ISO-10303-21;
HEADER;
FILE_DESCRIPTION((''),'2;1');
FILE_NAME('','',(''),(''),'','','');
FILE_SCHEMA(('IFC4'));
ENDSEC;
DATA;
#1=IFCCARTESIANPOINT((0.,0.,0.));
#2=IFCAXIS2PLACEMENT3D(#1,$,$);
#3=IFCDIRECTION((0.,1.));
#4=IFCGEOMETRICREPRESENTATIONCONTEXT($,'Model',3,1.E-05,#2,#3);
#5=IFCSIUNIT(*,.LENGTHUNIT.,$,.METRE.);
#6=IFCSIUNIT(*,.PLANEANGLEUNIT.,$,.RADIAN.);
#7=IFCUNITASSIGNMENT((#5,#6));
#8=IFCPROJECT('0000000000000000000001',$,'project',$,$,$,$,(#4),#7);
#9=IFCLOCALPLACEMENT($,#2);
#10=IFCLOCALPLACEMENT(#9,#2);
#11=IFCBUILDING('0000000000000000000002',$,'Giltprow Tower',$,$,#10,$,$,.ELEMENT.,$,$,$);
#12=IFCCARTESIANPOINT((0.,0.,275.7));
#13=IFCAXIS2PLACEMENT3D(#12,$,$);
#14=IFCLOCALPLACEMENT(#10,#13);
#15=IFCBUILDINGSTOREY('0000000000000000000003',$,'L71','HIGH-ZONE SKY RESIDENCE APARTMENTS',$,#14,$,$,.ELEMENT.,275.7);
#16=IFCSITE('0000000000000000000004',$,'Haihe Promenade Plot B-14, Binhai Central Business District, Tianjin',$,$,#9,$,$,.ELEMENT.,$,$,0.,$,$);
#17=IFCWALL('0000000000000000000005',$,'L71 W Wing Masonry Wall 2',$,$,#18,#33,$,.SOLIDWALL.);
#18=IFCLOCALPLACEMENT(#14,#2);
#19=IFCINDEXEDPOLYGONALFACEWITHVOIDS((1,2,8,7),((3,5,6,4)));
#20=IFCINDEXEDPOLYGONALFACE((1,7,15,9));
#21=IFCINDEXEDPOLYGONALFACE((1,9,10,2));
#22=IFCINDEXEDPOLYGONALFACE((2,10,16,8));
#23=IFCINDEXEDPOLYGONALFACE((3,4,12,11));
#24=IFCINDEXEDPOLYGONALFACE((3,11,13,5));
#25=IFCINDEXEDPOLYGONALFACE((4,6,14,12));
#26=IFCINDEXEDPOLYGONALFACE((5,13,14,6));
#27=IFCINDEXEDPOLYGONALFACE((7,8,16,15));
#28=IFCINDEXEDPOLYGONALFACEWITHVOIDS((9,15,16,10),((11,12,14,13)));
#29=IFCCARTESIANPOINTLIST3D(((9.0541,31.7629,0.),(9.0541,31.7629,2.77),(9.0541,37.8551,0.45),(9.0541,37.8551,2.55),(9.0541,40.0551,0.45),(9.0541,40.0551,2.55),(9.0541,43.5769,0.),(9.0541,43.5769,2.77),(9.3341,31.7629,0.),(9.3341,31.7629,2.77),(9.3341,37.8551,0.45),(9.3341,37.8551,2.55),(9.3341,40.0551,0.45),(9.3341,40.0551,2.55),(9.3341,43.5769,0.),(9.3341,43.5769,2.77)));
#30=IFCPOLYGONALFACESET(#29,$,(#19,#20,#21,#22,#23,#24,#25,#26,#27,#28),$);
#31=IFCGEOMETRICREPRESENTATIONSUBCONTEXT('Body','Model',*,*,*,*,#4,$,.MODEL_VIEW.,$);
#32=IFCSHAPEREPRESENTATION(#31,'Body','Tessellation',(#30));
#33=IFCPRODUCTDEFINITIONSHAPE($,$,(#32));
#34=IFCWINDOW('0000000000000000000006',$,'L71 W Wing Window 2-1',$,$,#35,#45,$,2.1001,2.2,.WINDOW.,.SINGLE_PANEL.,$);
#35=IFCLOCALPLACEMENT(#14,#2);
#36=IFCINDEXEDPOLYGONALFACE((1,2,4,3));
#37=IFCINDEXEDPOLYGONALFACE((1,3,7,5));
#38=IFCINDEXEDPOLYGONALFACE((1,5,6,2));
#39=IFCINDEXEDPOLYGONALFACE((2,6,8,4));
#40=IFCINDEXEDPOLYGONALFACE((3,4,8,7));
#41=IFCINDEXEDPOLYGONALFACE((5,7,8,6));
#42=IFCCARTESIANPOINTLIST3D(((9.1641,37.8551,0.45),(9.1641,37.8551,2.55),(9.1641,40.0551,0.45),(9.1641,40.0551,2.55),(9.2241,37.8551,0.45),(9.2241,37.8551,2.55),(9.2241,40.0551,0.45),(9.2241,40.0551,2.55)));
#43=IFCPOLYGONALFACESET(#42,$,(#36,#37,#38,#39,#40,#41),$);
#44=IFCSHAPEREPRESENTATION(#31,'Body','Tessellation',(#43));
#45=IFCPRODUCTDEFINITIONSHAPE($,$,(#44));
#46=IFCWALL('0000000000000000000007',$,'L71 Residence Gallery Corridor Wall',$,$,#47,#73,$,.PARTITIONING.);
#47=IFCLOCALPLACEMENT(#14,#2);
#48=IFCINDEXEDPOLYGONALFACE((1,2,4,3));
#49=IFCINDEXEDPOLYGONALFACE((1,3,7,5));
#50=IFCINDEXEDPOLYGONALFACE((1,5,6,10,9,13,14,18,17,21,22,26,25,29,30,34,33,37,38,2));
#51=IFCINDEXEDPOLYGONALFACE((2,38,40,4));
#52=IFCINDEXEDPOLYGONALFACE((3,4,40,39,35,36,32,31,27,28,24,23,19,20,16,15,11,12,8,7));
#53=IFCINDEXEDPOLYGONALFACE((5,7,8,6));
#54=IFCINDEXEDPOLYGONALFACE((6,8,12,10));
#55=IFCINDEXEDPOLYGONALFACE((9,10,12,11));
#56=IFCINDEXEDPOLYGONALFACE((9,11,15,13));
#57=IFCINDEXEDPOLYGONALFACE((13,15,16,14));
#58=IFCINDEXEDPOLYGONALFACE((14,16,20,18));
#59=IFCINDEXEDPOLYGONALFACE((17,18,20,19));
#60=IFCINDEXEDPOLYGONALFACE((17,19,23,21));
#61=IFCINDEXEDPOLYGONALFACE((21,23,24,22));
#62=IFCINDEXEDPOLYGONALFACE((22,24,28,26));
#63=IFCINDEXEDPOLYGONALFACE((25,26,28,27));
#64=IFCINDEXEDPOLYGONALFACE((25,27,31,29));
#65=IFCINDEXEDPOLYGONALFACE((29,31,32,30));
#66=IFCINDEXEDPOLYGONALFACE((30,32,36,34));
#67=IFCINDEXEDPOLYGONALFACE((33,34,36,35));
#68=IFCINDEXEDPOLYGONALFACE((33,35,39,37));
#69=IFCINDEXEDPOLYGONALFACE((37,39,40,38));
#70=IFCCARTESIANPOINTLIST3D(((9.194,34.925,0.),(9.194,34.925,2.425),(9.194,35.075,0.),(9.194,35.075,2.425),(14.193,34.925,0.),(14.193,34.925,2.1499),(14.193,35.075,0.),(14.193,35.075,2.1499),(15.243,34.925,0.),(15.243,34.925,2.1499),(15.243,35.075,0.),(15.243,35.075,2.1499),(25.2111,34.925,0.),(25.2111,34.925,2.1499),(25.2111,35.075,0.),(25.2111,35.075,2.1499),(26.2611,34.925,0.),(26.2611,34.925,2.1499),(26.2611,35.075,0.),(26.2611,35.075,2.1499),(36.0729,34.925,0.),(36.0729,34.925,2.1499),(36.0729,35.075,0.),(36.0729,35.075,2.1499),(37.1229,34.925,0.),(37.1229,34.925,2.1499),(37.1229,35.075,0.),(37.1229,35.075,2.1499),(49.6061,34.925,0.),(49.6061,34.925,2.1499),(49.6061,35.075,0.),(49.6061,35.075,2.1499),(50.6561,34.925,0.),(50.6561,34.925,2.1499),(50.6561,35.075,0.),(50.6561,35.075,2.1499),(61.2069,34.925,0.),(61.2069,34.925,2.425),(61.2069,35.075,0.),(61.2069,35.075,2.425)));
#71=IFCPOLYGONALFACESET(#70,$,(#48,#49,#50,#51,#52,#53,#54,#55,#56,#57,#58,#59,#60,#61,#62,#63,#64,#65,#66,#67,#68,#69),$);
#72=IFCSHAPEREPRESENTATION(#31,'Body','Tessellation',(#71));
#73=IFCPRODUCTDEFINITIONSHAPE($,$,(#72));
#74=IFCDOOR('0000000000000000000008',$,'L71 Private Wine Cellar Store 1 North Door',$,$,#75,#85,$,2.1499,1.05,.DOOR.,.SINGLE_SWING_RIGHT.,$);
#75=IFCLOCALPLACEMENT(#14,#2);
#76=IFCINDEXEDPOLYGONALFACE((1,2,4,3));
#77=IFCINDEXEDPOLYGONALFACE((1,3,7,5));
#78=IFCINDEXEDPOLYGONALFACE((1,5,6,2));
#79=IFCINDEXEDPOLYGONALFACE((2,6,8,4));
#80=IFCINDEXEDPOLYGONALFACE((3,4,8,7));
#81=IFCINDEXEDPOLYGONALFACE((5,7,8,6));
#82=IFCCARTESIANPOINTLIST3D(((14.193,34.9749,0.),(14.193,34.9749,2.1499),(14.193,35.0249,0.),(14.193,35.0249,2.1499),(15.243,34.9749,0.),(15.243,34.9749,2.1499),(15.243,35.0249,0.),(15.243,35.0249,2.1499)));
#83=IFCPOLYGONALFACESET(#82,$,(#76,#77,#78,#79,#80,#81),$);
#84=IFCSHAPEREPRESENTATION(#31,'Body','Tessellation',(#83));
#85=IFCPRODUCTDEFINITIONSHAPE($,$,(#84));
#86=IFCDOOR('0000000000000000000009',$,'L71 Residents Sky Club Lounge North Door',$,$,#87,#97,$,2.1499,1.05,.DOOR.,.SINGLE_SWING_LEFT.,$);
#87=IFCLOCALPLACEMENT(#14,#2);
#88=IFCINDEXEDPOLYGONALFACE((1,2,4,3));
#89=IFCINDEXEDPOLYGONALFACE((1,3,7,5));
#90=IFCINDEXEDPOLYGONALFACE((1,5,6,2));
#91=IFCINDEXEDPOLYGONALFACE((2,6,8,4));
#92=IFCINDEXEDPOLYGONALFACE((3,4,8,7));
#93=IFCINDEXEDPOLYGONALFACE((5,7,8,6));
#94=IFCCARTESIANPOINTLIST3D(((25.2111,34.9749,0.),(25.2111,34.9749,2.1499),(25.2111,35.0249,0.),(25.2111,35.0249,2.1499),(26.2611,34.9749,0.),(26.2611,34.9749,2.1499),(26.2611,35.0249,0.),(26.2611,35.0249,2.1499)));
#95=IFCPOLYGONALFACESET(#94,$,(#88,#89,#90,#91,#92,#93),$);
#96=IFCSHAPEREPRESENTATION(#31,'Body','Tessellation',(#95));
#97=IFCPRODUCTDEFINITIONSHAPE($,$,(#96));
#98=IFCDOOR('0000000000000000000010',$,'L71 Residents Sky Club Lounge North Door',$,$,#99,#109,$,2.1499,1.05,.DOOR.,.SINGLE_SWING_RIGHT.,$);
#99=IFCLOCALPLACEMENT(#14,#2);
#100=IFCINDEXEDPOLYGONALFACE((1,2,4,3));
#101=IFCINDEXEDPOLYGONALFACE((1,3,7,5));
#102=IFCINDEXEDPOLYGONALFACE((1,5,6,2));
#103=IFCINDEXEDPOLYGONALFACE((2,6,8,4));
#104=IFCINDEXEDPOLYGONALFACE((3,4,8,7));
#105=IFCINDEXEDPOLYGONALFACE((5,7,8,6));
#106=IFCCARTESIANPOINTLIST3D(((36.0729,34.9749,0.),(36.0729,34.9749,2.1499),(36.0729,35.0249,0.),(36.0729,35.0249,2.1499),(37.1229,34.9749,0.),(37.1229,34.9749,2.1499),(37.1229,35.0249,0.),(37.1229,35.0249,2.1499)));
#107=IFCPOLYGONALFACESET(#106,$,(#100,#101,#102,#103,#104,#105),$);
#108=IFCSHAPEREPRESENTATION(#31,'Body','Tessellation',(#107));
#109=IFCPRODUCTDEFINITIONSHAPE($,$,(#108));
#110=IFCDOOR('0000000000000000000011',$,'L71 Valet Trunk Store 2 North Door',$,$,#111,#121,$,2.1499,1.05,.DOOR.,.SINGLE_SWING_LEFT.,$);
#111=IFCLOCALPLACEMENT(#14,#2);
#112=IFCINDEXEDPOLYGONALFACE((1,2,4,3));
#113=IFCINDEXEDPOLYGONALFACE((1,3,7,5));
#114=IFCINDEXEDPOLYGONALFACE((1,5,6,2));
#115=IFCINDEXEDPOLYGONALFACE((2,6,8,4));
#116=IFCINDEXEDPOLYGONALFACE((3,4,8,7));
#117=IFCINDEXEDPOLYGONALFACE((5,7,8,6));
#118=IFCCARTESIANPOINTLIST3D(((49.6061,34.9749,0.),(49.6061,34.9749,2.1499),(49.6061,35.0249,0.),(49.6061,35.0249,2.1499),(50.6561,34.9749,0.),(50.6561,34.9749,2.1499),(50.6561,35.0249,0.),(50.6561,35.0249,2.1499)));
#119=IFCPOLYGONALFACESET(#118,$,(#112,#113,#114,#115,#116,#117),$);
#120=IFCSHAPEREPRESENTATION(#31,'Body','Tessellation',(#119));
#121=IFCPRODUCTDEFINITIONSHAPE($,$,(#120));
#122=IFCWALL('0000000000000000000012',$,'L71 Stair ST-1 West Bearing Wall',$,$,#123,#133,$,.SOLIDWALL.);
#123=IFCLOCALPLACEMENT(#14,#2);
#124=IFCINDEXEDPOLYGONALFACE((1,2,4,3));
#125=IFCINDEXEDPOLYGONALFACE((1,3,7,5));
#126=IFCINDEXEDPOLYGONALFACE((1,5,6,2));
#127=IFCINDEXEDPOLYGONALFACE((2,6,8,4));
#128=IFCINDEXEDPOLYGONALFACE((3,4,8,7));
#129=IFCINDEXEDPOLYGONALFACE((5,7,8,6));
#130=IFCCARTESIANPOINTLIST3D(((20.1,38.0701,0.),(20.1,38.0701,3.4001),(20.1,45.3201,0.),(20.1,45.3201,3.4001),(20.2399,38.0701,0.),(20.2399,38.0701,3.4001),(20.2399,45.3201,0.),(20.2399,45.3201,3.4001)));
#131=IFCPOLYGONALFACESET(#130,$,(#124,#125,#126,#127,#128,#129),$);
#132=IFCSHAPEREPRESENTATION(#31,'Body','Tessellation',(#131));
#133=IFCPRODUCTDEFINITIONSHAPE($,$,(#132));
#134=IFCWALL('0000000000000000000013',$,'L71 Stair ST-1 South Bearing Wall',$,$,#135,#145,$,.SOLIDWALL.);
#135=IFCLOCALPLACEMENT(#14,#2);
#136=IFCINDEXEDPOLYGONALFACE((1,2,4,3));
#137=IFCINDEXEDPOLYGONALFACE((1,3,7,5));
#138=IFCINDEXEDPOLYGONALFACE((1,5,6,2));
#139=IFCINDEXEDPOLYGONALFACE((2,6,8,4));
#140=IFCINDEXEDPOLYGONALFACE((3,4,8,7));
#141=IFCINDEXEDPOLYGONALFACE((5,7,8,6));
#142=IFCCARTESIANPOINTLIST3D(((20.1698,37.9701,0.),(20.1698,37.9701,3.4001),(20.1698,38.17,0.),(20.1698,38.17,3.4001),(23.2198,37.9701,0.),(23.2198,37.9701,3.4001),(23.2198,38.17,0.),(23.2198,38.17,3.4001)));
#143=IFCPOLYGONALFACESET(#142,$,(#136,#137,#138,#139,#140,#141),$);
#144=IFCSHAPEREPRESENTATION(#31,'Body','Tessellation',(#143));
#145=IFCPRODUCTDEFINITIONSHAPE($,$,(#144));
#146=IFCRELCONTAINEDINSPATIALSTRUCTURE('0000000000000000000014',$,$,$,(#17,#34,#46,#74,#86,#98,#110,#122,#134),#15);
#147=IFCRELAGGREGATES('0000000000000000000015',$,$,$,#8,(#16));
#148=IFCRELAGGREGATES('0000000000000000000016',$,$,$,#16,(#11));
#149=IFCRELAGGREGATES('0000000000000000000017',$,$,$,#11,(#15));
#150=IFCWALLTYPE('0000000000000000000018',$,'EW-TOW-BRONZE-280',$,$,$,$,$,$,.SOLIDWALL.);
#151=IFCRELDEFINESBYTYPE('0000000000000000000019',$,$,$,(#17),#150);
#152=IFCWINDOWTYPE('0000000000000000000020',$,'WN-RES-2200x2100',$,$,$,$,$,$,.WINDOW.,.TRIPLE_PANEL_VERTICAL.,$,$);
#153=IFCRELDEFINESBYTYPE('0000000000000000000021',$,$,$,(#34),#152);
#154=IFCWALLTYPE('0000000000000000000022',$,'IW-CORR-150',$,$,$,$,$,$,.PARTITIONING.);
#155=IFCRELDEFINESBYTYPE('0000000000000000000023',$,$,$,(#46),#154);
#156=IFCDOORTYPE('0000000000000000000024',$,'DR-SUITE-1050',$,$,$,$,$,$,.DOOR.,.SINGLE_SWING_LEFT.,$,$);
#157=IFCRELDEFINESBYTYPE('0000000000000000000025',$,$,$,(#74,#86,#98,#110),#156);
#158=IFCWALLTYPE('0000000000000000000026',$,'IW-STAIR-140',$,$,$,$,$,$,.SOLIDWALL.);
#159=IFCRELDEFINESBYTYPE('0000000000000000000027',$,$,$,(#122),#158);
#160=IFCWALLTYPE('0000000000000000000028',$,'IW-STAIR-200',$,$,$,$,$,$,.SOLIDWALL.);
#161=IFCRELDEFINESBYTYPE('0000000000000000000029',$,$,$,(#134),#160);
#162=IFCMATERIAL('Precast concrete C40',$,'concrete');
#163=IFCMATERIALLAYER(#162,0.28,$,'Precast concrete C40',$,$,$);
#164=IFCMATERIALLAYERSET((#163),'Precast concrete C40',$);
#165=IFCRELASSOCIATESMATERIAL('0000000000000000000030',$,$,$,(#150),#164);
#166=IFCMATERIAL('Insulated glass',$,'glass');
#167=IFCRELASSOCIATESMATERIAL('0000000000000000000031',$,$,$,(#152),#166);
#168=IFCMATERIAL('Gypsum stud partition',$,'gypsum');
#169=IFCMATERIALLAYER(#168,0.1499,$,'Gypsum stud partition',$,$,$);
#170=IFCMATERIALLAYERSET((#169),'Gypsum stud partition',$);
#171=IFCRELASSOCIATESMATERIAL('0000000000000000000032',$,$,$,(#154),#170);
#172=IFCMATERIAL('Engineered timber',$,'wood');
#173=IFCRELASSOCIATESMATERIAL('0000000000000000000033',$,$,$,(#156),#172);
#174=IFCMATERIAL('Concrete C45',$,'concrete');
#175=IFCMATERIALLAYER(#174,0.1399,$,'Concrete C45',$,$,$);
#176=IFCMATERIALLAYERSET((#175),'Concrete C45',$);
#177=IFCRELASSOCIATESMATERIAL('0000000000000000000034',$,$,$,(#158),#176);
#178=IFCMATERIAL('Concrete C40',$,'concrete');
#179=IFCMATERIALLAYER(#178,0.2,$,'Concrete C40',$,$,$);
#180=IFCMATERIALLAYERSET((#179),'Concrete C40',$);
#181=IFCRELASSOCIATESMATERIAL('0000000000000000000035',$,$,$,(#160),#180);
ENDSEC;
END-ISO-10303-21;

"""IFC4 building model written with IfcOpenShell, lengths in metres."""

from ifc_helpers import new_model, si_unit, direction, frame, frame_2d, origin, place, context, subcontext, project, spatial, rectangle, extrude, source, transform, mapped, material, layer, layer_set, type_object, element, fill, save


model = new_model("IFC4")

# Units and contexts
model_context = context("Model", 3, precision=1e-05, world=origin(), true_north=direction((0.0, 1.0)))
body_context = subcontext(model_context, "Body", "Model", "MODEL_VIEW")
ifc_project = project(units=[si_unit("LENGTHUNIT", "METRE"), si_unit("PLANEANGLEUNIT", "RADIAN")], contexts=[model_context])

# Site, building, storey
site_placement = place(None, origin())
site = spatial("IfcSite", under=ifc_project, at=site_placement, Name="Haihe Promenade Plot B-14, Binhai Central Business District, Tianjin", CompositionType="ELEMENT", RefElevation=0.0)
building_placement = place(site_placement, origin())
building = spatial("IfcBuilding", under=site, at=building_placement, Name="Giltprow Tower", CompositionType="ELEMENT")
storey_placement = place(building_placement, frame((0.0, 0.0, 275.7)))
storey = spatial("IfcBuildingStorey", under=building, at=storey_placement, Name="L71", Description="HIGH-ZONE SKY RESIDENCE APARTMENTS", CompositionType="ELEMENT", Elevation=275.7)

# Shared definitions
ifc_material_1 = material(Name="Concrete C45", Category="concrete")

# Wall, opening, window
ifc_material_2 = material(Name="Precast concrete C40", Category="concrete")
ifc_layer_1 = layer(ifc_material_2, 0.28, Name="Precast concrete C40")
ifc_layer_set_1 = layer_set([ifc_layer_1], Name="Precast concrete C40")
wall_type_1 = type_object("IfcWallType", Name="EW-TOW-BRONZE-280", PredefinedType="SOLIDWALL", material=ifc_layer_set_1)
wall_1_placement = place(storey_placement, frame((9.1941, 31.7629, 0.0), z_axis=(0.0, 0.0, 1.0), x_axis=(0.0, 1.0, 0.0)))
wall_1 = element("IfcWall", 1, at=wall_1_placement, inside=storey, type_object=wall_type_1, Name="L71 W Wing Masonry Wall 2", PredefinedType="SOLIDWALL", context=body_context, shape_type="SweptSolid", body=[
    extrude(rectangle(XDim=11.814, YDim=0.28, at=frame_2d((5.907, 0.0))), origin(), (0.0, 0.0, 1.0), 2.77),
])
opening_1_placement = place(wall_1_placement, frame((6.092, 0.0, 0.45)))
opening_1 = element("IfcOpeningElement", 2, at=opening_1_placement, cuts=wall_1, PredefinedType="OPENING", context=body_context, shape_type="SweptSolid", body=[
    extrude(rectangle(XDim=2.2, YDim=2.1001, at=frame_2d((1.1001, 1.05))), frame((0.0, 0.1499, 0.0), z_axis=(0.0, -1.0, 0.0), x_axis=(1.0, 0.0, 0.0)), (0.0, 0.0, 1.0), 0.3),
])
ifc_material_3 = material(Name="Insulated glass", Category="glass")
window_type = type_object("IfcWindowType", Name="WN-RES-2200x2100", PartitioningType="TRIPLE_PANEL_VERTICAL", PredefinedType="WINDOW", material=ifc_material_3)
shared_shape_1 = source(origin(), body_context, "Body", "SweptSolid", [
    extrude(rectangle(XDim=2.2, YDim=2.1001, at=frame_2d((1.1001, 1.05))), frame((0.0, 0.03, 0.0), z_axis=(0.0, -1.0, 0.0), x_axis=(1.0, 0.0, 0.0)), (0.0, 0.0, 1.0), 0.0601),
])
window_placement = place(opening_1_placement, origin())
window = element("IfcWindow", 3, at=window_placement, inside=storey, type_object=window_type, Name="L71 W Wing Window 2-1", OverallHeight=2.1001, OverallWidth=2.2, PartitioningType="SINGLE_PANEL", PredefinedType="WINDOW", context=body_context, shape_type="MappedRepresentation", body=[
    mapped(shared_shape_1, transform((0.0, 0.0, 0.0), x_axis=(1.0, 0.0, 0.0), y_axis=(0.0, 1.0, 0.0), z_axis=(0.0, 0.0, 1.0), scale=1.0)),
])
fill(opening_1, window)

# Wall, openings, doors
ifc_material_4 = material(Name="Gypsum stud partition", Category="gypsum")
ifc_layer_2 = layer(ifc_material_4, 0.1499, Name="Gypsum stud partition")
ifc_layer_set_2 = layer_set([ifc_layer_2], Name="Gypsum stud partition")
wall_type_2 = type_object("IfcWallType", Name="IW-CORR-150", PredefinedType="PARTITIONING", material=ifc_layer_set_2)
wall_2_placement = place(storey_placement, frame((9.1941, 35.0, 0.0), z_axis=(0.0, 0.0, 1.0), x_axis=(1.0, 0.0, 0.0)))
wall_2 = element("IfcWall", 4, at=wall_2_placement, inside=storey, type_object=wall_type_2, Name="L71 Residence Gallery Corridor Wall", PredefinedType="PARTITIONING", context=body_context, shape_type="SweptSolid", body=[
    extrude(rectangle(XDim=52.0129, YDim=0.1499, at=frame_2d((26.0063, 0.0))), origin(), (0.0, 0.0, 1.0), 2.425),
])
opening_2_placement = place(wall_2_placement, frame((4.999, 0.0, 0.0)))
opening_2 = element("IfcOpeningElement", 5, at=opening_2_placement, cuts=wall_2, PredefinedType="OPENING", context=body_context, shape_type="SweptSolid", body=[
    extrude(rectangle(XDim=1.05, YDim=2.1499, at=frame_2d((0.5249, 1.075))), frame((0.0, 0.085, 0.0), z_axis=(0.0, -1.0, 0.0), x_axis=(1.0, 0.0, 0.0)), (0.0, 0.0, 1.0), 0.1699),
])
opening_3_placement = place(wall_2_placement, frame((16.0171, 0.0, 0.0)))
opening_3 = element("IfcOpeningElement", 6, at=opening_3_placement, cuts=wall_2, PredefinedType="OPENING", context=body_context, shape_type="SweptSolid", body=[
    extrude(rectangle(XDim=1.05, YDim=2.1499, at=frame_2d((0.5249, 1.075))), frame((0.0, 0.085, 0.0), z_axis=(0.0, -1.0, 0.0), x_axis=(1.0, 0.0, 0.0)), (0.0, 0.0, 1.0), 0.1699),
])
opening_4_placement = place(wall_2_placement, frame((26.8789, 0.0, 0.0)))
opening_4 = element("IfcOpeningElement", 7, at=opening_4_placement, cuts=wall_2, PredefinedType="OPENING", context=body_context, shape_type="SweptSolid", body=[
    extrude(rectangle(XDim=1.05, YDim=2.1499, at=frame_2d((0.5249, 1.075))), frame((0.0, 0.085, 0.0), z_axis=(0.0, -1.0, 0.0), x_axis=(1.0, 0.0, 0.0)), (0.0, 0.0, 1.0), 0.1699),
])
opening_5_placement = place(wall_2_placement, frame((40.4121, 0.0, 0.0)))
opening_5 = element("IfcOpeningElement", 8, at=opening_5_placement, cuts=wall_2, PredefinedType="OPENING", context=body_context, shape_type="SweptSolid", body=[
    extrude(rectangle(XDim=1.05, YDim=2.1499, at=frame_2d((0.5249, 1.075))), frame((0.0, 0.085, 0.0), z_axis=(0.0, -1.0, 0.0), x_axis=(1.0, 0.0, 0.0)), (0.0, 0.0, 1.0), 0.1699),
])
ifc_material_5 = material(Name="Engineered timber", Category="wood")
door_type_1 = type_object("IfcDoorType", Name="DR-SUITE-1050", OperationType="SINGLE_SWING_LEFT", PredefinedType="DOOR", material=ifc_material_5)
shared_shape_2 = source(origin(), body_context, "Body", "SweptSolid", [
    extrude(rectangle(XDim=1.05, YDim=2.1499, at=frame_2d((0.5249, 1.075))), frame((0.0, 0.0249, 0.0), z_axis=(0.0, -1.0, 0.0), x_axis=(1.0, 0.0, 0.0)), (0.0, 0.0, 1.0), 0.05),
])
door_1_placement = place(opening_2_placement, origin())
door_1 = element("IfcDoor", 9, at=door_1_placement, inside=storey, type_object=door_type_1, Name="L71 Private Wine Cellar Store 1 North Door", OperationType="SINGLE_SWING_RIGHT", OverallHeight=2.1499, OverallWidth=1.05, PredefinedType="DOOR", context=body_context, shape_type="MappedRepresentation", body=[
    mapped(shared_shape_2, transform((0.0, 0.0, 0.0), x_axis=(1.0, 0.0, 0.0), y_axis=(0.0, 1.0, 0.0), z_axis=(0.0, 0.0, 1.0), scale=1.0)),
])
fill(opening_2, door_1)
door_2_placement = place(opening_3_placement, origin())
door_2 = element("IfcDoor", 10, at=door_2_placement, inside=storey, type_object=door_type_1, Name="L71 Residents Sky Club Lounge North Door", OperationType="SINGLE_SWING_LEFT", OverallHeight=2.1499, OverallWidth=1.05, PredefinedType="DOOR", context=body_context, shape_type="MappedRepresentation", body=[
    mapped(shared_shape_2, transform((0.0, 0.0, 0.0), x_axis=(1.0, 0.0, 0.0), y_axis=(0.0, 1.0, 0.0), z_axis=(0.0, 0.0, 1.0), scale=1.0)),
])
fill(opening_3, door_2)
door_3_placement = place(opening_4_placement, origin())
door_3 = element("IfcDoor", 11, at=door_3_placement, inside=storey, type_object=door_type_1, Name="L71 Residents Sky Club Lounge North Door", OperationType="SINGLE_SWING_RIGHT", OverallHeight=2.1499, OverallWidth=1.05, PredefinedType="DOOR", context=body_context, shape_type="MappedRepresentation", body=[
    mapped(shared_shape_2, transform((0.0, 0.0, 0.0), x_axis=(1.0, 0.0, 0.0), y_axis=(0.0, 1.0, 0.0), z_axis=(0.0, 0.0, 1.0), scale=1.0)),
])
fill(opening_4, door_3)
door_4_placement = place(opening_5_placement, origin())
door_4 = element("IfcDoor", 12, at=door_4_placement, inside=storey, type_object=door_type_1, Name="L71 Valet Trunk Store 2 North Door", OperationType="SINGLE_SWING_LEFT", OverallHeight=2.1499, OverallWidth=1.05, PredefinedType="DOOR", context=body_context, shape_type="MappedRepresentation", body=[
    mapped(shared_shape_2, transform((0.0, 0.0, 0.0), x_axis=(1.0, 0.0, 0.0), y_axis=(0.0, 1.0, 0.0), z_axis=(0.0, 0.0, 1.0), scale=1.0)),
])
fill(opening_5, door_4)

# Walls
ifc_layer_3 = layer(ifc_material_1, 0.1399, Name="Concrete C45")
ifc_layer_set_3 = layer_set([ifc_layer_3], Name="Concrete C45")
wall_type_3 = type_object("IfcWallType", Name="IW-STAIR-140", PredefinedType="SOLIDWALL", material=ifc_layer_set_3)
wall_3_placement = place(storey_placement, frame((20.1699, 38.0701, 0.0), z_axis=(0.0, 0.0, 1.0), x_axis=(0.0, 1.0, 0.0)))
element("IfcWall", 13, at=wall_3_placement, inside=storey, type_object=wall_type_3, Name="L71 Stair ST-1 West Bearing Wall", PredefinedType="SOLIDWALL", context=body_context, shape_type="SweptSolid", body=[
    extrude(rectangle(XDim=7.25, YDim=0.1399, at=frame_2d((3.625, 0.0))), origin(), (0.0, 0.0, 1.0), 3.4001),
])
ifc_material_6 = material(Name="Concrete C40", Category="concrete")
ifc_layer_4 = layer(ifc_material_6, 0.2, Name="Concrete C40")
ifc_layer_set_4 = layer_set([ifc_layer_4], Name="Concrete C40")
wall_type_4 = type_object("IfcWallType", Name="IW-STAIR-200", PredefinedType="SOLIDWALL", material=ifc_layer_set_4)
wall_4_placement = place(storey_placement, frame((20.1699, 38.0701, 0.0), z_axis=(0.0, 0.0, 1.0), x_axis=(1.0, 0.0, 0.0)))
element("IfcWall", 14, at=wall_4_placement, inside=storey, type_object=wall_type_4, Name="L71 Stair ST-1 South Bearing Wall", PredefinedType="SOLIDWALL", context=body_context, shape_type="SweptSolid", body=[
    extrude(rectangle(XDim=3.05, YDim=0.2, at=frame_2d((1.5249, 0.0))), origin(), (0.0, 0.0, 1.0), 3.4001),
])

save(model, "model.ifc")
